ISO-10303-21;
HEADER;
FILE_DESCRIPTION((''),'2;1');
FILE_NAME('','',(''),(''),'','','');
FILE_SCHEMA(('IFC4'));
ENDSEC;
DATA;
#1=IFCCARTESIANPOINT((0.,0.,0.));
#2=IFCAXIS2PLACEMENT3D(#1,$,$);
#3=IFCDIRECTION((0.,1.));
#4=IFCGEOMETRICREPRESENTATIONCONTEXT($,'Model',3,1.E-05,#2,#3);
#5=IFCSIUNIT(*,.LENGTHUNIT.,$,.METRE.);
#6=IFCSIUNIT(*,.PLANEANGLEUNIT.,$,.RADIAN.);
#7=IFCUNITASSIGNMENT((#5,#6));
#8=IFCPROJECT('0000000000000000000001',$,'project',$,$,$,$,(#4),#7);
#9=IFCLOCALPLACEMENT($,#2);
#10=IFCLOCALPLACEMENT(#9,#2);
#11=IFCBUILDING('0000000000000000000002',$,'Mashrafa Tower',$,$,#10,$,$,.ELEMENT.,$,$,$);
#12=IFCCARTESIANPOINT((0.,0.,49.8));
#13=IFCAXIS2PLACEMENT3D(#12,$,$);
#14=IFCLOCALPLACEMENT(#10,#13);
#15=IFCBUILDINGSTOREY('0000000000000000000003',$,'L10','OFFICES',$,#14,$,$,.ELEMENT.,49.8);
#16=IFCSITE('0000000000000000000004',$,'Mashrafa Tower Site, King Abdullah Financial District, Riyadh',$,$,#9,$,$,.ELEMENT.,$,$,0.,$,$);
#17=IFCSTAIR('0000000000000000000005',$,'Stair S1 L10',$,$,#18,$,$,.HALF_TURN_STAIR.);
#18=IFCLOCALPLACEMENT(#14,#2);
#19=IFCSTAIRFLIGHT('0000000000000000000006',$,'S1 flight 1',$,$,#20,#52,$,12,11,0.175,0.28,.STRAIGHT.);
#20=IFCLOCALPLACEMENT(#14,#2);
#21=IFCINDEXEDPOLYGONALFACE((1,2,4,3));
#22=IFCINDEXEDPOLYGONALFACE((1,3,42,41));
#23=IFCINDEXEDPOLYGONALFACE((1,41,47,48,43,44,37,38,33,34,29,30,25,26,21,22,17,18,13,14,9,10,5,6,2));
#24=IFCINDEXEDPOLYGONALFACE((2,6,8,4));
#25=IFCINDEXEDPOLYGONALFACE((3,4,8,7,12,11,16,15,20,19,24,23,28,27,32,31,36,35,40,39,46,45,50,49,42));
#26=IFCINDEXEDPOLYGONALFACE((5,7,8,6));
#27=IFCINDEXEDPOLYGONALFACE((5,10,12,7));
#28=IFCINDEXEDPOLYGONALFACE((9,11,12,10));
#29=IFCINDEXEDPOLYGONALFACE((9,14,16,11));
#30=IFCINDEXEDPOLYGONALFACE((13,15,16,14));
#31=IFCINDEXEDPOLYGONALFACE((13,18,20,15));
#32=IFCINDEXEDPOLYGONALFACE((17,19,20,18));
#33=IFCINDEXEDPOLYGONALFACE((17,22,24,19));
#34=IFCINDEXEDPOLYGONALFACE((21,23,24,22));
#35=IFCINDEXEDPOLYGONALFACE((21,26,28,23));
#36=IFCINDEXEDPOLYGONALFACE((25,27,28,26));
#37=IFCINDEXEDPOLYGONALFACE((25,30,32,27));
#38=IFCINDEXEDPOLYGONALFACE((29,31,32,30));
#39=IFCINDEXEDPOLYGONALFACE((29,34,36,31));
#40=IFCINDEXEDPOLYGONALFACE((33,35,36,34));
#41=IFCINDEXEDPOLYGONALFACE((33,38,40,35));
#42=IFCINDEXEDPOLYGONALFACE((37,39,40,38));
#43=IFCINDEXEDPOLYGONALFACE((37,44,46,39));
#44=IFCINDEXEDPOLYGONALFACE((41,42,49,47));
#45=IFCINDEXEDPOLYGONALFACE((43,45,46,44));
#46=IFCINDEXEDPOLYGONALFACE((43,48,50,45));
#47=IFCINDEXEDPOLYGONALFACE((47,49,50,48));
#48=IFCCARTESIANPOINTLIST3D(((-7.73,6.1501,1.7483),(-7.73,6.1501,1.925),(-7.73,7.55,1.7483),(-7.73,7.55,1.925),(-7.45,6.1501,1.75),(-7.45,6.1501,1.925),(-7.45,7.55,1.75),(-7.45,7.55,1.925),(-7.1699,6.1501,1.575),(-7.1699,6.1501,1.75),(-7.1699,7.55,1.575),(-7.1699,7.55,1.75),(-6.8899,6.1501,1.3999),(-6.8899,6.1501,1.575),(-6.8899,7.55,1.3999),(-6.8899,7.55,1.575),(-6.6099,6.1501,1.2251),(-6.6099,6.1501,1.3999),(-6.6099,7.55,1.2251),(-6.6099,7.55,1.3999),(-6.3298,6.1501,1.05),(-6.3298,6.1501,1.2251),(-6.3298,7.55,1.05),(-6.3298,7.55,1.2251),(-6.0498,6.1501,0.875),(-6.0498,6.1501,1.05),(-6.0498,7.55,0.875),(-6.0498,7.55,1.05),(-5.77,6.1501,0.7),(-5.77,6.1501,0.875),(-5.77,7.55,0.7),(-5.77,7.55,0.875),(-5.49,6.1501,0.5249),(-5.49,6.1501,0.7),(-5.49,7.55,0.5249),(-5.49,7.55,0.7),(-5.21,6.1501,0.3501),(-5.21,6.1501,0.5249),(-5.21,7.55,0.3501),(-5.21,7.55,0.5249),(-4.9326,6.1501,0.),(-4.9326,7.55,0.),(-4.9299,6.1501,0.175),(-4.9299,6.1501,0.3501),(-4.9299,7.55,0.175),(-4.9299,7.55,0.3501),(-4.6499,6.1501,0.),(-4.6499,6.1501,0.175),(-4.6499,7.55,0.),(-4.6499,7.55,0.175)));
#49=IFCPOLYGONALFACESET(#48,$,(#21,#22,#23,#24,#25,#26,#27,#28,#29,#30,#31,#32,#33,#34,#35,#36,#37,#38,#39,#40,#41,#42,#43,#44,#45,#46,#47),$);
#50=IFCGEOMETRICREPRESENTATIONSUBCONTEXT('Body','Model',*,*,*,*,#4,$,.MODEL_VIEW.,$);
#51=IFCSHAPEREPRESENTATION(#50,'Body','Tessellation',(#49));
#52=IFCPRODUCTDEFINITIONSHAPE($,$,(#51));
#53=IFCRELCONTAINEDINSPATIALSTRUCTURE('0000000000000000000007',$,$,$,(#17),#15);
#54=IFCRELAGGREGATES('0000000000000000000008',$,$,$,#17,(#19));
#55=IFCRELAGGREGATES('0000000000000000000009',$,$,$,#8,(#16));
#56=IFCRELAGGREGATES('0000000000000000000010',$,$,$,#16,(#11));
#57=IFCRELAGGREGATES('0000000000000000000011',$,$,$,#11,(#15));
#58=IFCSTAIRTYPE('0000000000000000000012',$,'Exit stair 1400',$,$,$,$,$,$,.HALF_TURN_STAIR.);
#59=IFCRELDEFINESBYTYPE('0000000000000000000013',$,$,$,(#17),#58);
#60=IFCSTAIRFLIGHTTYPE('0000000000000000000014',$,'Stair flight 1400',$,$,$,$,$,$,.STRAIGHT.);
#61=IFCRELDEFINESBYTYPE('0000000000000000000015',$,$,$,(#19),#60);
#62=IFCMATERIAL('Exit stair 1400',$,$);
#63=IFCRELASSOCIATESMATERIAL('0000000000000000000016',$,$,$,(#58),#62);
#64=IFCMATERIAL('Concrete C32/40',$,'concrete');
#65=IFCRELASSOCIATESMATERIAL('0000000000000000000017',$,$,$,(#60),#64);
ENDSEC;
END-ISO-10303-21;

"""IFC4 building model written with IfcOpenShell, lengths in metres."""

from ifc_helpers import new_model, si_unit, direction, frame, origin, place, context, subcontext, project, spatial, polyline, outline, extrude, material, type_object, element, aggregate, save


model = new_model("IFC4")

# Units and contexts
model_context = context("Model", 3, precision=1e-05, world=origin(), true_north=direction((0.0, 1.0)))
body_context = subcontext(model_context, "Body", "Model", "MODEL_VIEW")
ifc_project = project(units=[si_unit("LENGTHUNIT", "METRE"), si_unit("PLANEANGLEUNIT", "RADIAN")], contexts=[model_context])

# Site, building, storey
site_placement = place(None, origin())
site = spatial("IfcSite", under=ifc_project, at=site_placement, Name="Mashrafa Tower Site, King Abdullah Financial District, Riyadh", CompositionType="ELEMENT", RefElevation=0.0)
building_placement = place(site_placement, origin())
building = spatial("IfcBuilding", under=site, at=building_placement, Name="Mashrafa Tower", CompositionType="ELEMENT")
storey_placement = place(building_placement, frame((0.0, 0.0, 49.8)))
storey = spatial("IfcBuildingStorey", under=building, at=storey_placement, Name="L10", Description="OFFICES", CompositionType="ELEMENT", Elevation=49.8)

# Stair, stair flight
ifc_material_1 = material(Name="Exit stair 1400")
stair_type = type_object("IfcStairType", Name="Exit stair 1400", PredefinedType="HALF_TURN_STAIR", material=ifc_material_1)
stair_placement = place(storey_placement, origin())
stair = element("IfcStair", 1, at=stair_placement, inside=storey, type_object=stair_type, Name="Stair S1 L10", PredefinedType="HALF_TURN_STAIR")
ifc_material_2 = material(Name="Concrete C32/40", Category="concrete")
stair_flight_type = type_object("IfcStairFlightType", Name="Stair flight 1400", PredefinedType="STRAIGHT", material=ifc_material_2)
stair_flight_placement = place(storey_placement, frame((-4.6499, 6.8501, 0.0), z_axis=(0.0, 0.0, 1.0), x_axis=(-1.0, 0.0, 0.0)))
stair_flight = element("IfcStairFlight", 2, at=stair_flight_placement, type_object=stair_flight_type, Name="S1 flight 1", NumberOfRisers=12, NumberOfTreads=11, PredefinedType="STRAIGHT", RiserHeight=0.175, TreadLength=0.28, context=body_context, shape_type="SweptSolid", body=[
    extrude(outline(polyline([(0.0, 0.0), (0.0, 0.175), (0.28, 0.175), (0.28, 0.3501), (0.5601, 0.3501), (0.5601, 0.5249), (0.8401, 0.5249), (0.8401, 0.7), (1.1201, 0.7), (1.1201, 0.875), (1.3999, 0.875), (1.3999, 1.05), (1.6799, 1.05), (1.6799, 1.2251), (1.96, 1.2251), (1.96, 1.3999), (2.24, 1.3999), (2.24, 1.575), (2.52, 1.575), (2.52, 1.75), (2.8, 1.75), (2.8, 1.925), (3.0801, 1.925), (3.0801, 2.1001), (3.0801, 1.7483), (0.2827, 0.0), (0.0, 0.0)])), frame((0.0, 0.7, 0.0), z_axis=(0.0, -1.0, 0.0), x_axis=(1.0, 0.0, 0.0)), (0.0, 0.0, 1.0), 1.3999),
])
aggregate(stair, [stair_flight])

save(model, "model.ifc")
